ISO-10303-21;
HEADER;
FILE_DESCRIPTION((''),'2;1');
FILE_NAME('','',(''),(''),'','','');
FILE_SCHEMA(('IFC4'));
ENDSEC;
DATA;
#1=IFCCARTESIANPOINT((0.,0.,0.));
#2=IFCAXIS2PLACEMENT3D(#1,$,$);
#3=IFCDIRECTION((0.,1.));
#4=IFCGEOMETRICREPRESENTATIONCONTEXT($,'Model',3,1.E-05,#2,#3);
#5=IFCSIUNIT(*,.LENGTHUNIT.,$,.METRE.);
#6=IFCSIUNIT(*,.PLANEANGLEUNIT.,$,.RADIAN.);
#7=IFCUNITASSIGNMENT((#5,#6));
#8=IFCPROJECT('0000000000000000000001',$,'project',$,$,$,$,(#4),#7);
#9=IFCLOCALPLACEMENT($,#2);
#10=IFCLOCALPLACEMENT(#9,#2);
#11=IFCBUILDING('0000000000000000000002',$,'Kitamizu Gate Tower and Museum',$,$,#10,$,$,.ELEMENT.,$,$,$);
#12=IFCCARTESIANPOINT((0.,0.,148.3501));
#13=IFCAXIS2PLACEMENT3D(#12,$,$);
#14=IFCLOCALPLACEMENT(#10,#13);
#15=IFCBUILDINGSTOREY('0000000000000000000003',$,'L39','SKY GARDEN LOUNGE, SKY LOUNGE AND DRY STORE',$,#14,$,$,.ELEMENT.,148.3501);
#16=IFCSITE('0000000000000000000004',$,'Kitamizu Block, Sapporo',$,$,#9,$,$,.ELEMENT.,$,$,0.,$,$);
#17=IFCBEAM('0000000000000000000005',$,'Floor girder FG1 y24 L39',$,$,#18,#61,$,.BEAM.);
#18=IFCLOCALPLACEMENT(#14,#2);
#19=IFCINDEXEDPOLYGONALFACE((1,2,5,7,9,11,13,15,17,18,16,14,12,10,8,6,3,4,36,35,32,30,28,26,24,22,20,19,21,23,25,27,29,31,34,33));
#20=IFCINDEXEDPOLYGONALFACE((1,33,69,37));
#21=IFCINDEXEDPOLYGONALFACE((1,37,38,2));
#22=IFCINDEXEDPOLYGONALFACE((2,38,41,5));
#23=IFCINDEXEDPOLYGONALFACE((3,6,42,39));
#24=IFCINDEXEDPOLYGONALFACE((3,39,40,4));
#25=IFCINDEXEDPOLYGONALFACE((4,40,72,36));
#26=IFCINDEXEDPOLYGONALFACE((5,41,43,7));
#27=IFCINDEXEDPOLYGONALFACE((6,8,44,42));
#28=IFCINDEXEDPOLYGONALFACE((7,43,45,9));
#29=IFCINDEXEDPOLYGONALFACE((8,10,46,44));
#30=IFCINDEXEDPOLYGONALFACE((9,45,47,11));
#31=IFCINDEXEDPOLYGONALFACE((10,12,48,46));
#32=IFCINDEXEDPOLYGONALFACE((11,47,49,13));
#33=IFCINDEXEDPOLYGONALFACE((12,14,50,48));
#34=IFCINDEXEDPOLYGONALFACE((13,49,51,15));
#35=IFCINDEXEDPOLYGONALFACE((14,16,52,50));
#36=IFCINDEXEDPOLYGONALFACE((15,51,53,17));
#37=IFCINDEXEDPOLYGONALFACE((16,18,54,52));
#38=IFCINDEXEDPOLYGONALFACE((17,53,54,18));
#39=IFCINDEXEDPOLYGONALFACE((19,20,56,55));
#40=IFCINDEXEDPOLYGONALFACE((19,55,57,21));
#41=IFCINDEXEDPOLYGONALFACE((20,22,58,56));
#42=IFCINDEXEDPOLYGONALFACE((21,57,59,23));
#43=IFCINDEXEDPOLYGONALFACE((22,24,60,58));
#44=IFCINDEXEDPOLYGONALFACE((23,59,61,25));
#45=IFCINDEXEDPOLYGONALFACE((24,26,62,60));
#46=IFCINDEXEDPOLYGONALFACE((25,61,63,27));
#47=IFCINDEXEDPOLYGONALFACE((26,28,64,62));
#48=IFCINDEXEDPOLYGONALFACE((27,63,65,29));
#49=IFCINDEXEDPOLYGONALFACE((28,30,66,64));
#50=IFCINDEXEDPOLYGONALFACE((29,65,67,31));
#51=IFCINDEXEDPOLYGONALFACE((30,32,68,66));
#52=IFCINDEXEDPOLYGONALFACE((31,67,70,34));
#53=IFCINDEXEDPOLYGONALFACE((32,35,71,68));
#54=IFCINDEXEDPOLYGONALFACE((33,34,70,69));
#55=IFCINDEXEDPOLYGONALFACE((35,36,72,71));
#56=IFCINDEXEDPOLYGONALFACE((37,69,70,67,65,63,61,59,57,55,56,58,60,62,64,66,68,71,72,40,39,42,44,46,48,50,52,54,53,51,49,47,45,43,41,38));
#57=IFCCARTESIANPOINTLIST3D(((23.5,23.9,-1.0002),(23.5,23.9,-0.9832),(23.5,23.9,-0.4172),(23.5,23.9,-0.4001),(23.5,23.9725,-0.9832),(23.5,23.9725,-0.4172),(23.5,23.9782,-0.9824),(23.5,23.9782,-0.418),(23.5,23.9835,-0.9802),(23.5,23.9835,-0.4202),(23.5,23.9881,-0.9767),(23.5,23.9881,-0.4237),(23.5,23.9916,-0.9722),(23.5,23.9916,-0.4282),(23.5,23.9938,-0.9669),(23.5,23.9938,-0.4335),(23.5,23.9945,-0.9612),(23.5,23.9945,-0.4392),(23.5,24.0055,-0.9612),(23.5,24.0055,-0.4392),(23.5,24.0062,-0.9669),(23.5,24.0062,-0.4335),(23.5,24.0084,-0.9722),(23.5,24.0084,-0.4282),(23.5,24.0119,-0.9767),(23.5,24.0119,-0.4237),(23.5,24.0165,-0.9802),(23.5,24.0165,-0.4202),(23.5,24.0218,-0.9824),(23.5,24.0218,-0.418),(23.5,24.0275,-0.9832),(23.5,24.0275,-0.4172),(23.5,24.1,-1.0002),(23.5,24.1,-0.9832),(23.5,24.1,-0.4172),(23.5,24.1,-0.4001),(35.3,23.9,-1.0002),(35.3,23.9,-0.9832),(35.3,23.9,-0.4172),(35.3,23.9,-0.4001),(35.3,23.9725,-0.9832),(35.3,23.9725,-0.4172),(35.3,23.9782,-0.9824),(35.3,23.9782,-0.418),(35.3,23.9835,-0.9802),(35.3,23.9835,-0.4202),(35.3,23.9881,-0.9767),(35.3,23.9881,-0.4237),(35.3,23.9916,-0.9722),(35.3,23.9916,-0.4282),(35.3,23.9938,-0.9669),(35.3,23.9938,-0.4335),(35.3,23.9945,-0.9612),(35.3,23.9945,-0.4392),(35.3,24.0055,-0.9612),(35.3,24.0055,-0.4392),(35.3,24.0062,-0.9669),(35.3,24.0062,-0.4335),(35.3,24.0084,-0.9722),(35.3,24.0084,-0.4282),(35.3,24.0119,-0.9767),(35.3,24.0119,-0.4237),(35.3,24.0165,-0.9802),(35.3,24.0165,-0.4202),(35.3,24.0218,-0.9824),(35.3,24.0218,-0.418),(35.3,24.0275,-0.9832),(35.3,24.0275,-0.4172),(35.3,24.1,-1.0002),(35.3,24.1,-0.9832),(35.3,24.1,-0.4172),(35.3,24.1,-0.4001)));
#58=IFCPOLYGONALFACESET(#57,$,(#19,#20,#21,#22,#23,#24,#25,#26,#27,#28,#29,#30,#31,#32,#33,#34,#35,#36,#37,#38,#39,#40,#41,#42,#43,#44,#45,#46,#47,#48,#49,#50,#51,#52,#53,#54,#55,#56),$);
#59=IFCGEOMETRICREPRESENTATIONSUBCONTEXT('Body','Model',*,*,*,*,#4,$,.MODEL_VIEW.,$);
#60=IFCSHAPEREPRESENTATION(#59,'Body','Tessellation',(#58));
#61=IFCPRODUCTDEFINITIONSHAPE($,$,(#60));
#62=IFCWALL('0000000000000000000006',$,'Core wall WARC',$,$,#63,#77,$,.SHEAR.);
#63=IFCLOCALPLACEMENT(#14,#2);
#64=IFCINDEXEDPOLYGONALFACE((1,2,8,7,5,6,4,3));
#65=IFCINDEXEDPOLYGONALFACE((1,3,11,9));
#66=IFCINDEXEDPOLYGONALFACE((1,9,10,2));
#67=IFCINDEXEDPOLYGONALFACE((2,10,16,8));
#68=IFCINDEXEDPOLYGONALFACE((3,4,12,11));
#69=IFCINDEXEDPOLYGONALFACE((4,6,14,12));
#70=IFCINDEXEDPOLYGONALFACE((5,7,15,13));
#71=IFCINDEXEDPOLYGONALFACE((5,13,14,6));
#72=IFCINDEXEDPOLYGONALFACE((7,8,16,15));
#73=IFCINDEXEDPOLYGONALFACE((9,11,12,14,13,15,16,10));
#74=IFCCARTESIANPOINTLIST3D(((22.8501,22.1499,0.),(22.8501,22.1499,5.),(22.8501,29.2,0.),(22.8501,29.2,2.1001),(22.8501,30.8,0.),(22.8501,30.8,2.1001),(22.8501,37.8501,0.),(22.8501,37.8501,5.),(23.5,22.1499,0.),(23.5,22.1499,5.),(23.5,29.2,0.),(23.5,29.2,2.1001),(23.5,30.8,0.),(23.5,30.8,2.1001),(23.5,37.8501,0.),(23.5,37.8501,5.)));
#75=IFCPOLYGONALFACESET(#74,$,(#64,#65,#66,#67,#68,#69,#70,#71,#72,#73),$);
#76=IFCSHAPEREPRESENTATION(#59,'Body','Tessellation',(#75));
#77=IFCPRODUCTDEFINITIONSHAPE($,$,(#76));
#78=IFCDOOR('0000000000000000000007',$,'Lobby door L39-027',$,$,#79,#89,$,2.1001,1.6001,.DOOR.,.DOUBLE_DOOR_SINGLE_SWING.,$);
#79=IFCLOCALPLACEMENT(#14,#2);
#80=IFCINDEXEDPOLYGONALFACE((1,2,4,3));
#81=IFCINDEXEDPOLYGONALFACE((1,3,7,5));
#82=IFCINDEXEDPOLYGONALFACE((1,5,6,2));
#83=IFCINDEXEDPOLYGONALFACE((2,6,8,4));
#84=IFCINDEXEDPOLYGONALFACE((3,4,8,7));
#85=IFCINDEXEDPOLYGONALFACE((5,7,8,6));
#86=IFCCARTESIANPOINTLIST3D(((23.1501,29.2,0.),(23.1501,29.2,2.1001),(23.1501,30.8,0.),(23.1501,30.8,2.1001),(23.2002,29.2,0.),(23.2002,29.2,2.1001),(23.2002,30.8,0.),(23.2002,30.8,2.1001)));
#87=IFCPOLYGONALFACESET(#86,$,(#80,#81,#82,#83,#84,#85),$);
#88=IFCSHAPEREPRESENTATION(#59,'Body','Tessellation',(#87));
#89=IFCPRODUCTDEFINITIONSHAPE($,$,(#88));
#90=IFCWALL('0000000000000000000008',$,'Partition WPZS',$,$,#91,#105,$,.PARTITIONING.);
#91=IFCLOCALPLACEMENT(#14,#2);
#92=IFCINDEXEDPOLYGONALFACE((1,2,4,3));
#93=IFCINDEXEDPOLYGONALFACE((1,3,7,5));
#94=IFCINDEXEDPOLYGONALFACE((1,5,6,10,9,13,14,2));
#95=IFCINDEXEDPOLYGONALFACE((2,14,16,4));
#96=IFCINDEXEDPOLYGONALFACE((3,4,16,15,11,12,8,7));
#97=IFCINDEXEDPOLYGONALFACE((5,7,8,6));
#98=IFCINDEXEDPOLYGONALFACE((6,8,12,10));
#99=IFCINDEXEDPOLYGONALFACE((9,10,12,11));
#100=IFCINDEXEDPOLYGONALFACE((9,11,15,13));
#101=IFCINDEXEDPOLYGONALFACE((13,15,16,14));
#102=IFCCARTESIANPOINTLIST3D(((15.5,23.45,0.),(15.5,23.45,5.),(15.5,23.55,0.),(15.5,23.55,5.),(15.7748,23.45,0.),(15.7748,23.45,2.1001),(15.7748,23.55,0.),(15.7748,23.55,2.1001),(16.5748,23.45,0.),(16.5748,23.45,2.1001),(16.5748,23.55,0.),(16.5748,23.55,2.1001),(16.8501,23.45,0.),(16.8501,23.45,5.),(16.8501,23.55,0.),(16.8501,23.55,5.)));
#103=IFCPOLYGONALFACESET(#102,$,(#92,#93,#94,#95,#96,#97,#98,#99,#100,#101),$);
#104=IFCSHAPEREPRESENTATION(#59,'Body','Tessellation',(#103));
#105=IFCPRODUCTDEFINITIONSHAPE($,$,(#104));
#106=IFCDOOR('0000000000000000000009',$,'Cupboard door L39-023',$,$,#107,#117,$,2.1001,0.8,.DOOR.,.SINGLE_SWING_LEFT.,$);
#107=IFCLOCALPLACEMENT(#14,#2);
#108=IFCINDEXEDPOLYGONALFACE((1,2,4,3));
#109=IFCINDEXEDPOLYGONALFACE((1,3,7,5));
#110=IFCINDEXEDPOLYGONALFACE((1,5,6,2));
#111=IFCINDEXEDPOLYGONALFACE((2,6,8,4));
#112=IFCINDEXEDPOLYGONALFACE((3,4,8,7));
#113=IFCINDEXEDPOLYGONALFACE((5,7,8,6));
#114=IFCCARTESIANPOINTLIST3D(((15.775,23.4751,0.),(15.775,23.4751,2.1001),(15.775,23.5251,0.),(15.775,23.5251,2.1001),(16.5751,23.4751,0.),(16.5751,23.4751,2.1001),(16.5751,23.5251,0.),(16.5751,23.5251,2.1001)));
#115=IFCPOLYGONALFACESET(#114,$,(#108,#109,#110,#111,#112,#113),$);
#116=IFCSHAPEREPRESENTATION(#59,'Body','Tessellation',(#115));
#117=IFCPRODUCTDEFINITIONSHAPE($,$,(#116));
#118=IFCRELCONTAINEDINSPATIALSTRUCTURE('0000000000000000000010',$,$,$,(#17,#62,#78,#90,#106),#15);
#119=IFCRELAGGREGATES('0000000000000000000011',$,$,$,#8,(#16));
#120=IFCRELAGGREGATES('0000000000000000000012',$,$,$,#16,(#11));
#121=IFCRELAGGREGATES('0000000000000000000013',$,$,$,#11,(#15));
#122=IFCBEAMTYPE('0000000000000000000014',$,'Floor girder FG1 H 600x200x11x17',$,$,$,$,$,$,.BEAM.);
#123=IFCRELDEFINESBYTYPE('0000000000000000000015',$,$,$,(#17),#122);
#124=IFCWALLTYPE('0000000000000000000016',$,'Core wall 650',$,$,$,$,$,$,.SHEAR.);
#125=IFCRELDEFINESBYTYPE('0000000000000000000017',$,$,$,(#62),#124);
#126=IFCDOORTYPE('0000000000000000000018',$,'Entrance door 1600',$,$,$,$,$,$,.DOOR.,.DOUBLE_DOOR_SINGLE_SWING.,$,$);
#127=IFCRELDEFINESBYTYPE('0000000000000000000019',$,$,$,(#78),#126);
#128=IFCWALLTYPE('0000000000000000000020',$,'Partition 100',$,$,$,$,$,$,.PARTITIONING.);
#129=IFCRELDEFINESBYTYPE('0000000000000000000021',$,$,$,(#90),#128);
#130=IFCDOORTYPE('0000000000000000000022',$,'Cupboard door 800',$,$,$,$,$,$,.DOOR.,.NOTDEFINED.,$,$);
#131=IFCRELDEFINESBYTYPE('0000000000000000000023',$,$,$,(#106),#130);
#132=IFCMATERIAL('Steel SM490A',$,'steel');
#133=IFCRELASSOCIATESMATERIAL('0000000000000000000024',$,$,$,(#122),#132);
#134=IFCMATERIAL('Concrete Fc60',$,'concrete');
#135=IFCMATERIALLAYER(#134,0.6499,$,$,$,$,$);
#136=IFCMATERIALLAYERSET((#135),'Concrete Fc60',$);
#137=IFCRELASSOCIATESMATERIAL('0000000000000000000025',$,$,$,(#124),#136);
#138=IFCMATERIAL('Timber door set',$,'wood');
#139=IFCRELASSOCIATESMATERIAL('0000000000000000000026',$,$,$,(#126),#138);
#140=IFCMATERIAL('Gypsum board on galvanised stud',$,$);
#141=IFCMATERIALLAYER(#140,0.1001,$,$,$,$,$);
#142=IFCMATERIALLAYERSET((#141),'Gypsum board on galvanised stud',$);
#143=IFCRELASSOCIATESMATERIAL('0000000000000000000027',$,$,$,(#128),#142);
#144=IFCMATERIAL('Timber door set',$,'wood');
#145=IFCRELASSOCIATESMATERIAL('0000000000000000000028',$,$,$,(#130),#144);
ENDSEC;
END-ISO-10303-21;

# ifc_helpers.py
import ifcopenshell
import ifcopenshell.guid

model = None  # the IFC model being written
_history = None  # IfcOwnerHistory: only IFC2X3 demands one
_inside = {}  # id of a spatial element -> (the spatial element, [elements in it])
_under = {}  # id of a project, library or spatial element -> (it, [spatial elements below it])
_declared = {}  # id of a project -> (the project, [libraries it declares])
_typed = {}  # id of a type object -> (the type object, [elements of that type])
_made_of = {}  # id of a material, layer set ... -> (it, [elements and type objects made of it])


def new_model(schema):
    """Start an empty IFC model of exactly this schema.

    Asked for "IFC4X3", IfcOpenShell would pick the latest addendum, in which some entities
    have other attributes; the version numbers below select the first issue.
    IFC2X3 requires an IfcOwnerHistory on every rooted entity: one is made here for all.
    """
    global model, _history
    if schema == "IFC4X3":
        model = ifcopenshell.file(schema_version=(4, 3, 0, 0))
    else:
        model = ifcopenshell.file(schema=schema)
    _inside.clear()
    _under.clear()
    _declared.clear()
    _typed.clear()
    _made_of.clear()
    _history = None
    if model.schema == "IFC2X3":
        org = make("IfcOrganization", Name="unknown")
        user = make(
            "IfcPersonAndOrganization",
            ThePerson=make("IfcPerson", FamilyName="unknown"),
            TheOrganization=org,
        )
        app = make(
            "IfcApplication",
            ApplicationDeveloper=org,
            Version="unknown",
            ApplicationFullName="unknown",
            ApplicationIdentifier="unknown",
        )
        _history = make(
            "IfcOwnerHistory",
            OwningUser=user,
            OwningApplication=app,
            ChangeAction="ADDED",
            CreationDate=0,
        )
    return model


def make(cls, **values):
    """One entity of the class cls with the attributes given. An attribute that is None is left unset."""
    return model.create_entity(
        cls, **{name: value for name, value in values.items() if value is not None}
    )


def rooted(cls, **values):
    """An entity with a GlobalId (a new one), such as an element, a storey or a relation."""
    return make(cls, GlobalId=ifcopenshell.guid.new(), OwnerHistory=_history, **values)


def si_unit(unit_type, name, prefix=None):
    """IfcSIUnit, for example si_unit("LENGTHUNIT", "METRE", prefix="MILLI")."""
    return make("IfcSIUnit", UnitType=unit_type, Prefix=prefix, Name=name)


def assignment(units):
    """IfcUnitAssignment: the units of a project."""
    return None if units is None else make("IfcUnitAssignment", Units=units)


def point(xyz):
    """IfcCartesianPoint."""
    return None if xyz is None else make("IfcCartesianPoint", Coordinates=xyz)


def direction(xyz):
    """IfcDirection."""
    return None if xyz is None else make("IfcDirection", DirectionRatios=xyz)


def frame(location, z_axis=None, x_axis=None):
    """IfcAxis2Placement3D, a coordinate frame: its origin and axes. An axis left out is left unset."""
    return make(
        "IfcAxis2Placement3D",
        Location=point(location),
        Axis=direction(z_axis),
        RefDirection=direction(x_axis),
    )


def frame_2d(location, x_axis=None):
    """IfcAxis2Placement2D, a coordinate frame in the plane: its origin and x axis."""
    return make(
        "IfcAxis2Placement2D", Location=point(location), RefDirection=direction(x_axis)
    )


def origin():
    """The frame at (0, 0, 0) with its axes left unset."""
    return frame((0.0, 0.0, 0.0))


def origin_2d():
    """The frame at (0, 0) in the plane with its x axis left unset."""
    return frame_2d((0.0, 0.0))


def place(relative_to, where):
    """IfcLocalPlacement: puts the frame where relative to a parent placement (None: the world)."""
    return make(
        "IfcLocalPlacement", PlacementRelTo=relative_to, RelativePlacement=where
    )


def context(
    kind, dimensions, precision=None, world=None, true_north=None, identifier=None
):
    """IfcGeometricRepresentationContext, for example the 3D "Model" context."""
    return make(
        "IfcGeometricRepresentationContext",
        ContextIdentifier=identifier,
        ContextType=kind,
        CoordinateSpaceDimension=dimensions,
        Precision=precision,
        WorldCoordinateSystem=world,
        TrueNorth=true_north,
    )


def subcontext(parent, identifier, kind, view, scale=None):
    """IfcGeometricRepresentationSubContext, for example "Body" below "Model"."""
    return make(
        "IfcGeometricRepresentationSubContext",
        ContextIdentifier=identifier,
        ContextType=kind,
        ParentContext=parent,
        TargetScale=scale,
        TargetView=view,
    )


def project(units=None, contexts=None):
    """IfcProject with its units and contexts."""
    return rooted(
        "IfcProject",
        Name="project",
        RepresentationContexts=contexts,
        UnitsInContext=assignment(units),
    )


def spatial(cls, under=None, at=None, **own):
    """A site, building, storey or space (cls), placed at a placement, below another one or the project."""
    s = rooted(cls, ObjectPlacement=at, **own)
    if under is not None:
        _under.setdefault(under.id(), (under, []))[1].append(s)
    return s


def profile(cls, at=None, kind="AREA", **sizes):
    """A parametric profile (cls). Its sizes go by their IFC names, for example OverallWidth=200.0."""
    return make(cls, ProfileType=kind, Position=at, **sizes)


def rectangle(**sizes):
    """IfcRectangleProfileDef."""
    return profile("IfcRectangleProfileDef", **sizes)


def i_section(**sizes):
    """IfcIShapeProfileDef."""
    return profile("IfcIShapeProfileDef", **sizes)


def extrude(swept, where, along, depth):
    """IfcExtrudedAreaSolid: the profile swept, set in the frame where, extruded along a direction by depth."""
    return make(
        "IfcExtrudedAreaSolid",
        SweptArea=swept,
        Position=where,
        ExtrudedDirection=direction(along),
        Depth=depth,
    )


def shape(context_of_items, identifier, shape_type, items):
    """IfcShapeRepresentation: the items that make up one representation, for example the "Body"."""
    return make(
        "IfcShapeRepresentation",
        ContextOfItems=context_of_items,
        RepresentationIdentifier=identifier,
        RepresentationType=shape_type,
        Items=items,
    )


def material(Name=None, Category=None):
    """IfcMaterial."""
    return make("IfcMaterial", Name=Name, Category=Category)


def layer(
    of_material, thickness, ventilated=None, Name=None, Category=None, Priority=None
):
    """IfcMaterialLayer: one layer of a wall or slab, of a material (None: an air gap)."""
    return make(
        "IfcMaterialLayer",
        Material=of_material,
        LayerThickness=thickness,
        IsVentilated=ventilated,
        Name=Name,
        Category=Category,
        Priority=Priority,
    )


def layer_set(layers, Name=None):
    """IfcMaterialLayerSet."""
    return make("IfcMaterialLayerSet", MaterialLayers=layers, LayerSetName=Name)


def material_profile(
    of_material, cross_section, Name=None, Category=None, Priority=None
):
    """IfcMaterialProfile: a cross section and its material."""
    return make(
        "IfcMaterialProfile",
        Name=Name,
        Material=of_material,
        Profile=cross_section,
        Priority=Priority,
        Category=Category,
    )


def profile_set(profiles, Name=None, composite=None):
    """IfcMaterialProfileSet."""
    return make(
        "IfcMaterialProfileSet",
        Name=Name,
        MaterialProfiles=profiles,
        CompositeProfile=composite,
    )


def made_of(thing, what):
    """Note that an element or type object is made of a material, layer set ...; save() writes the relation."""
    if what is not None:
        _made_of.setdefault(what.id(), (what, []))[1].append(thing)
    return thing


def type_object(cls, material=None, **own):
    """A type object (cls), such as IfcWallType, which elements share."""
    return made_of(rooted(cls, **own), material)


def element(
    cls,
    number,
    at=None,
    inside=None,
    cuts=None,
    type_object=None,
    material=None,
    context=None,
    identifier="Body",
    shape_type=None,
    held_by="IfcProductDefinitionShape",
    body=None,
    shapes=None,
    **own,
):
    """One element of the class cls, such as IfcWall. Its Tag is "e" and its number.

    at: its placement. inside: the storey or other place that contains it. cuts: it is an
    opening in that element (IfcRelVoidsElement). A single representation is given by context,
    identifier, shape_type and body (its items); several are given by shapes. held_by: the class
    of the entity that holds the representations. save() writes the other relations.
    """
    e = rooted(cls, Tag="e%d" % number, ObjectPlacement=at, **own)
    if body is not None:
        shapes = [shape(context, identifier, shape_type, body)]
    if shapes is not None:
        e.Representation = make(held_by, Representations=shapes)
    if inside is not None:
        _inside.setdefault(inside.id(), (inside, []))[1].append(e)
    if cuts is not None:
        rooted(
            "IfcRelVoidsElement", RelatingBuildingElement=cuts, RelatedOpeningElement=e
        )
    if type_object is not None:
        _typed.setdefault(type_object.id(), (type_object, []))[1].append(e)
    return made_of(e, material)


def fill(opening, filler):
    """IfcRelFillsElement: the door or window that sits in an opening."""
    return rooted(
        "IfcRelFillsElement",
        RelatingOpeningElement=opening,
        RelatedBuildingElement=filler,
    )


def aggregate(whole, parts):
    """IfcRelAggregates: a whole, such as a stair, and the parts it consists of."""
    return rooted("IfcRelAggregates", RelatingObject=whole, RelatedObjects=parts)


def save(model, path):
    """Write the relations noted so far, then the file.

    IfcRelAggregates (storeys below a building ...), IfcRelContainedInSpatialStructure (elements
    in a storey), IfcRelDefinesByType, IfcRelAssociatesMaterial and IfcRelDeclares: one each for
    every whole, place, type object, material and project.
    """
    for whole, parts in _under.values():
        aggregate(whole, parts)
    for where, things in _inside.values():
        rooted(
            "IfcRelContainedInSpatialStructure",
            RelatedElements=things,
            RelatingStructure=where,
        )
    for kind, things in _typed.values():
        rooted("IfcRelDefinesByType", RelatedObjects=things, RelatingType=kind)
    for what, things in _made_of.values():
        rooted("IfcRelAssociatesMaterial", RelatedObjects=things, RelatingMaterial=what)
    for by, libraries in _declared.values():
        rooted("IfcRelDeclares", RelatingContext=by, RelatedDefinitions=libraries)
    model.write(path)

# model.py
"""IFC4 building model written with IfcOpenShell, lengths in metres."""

from ifc_helpers import new_model, si_unit, direction, frame, frame_2d, origin, origin_2d, place, context, subcontext, project, spatial, rectangle, i_section, extrude, material, layer, layer_set, material_profile, profile_set, type_object, element, fill, save


model = new_model("IFC4")

# Units and contexts
model_context = context("Model", 3, precision=1e-05, world=origin(), true_north=direction((0.0, 1.0)))
body_context = subcontext(model_context, "Body", "Model", "MODEL_VIEW")
ifc_project = project(units=[si_unit("LENGTHUNIT", "METRE"), si_unit("PLANEANGLEUNIT", "RADIAN")], contexts=[model_context])

# Site, building, storey
site_placement = place(None, origin())
site = spatial("IfcSite", under=ifc_project, at=site_placement, Name="Kitamizu Block, Sapporo", CompositionType="ELEMENT", RefElevation=0.0)
building_placement = place(site_placement, origin())
building = spatial("IfcBuilding", under=site, at=building_placement, Name="Kitamizu Gate Tower and Museum", CompositionType="ELEMENT")
storey_placement = place(building_placement, frame((0.0, 0.0, 148.3501)))
storey = spatial("IfcBuildingStorey", under=building, at=storey_placement, Name="L39", Description="SKY GARDEN LOUNGE, SKY LOUNGE AND DRY STORE", CompositionType="ELEMENT", Elevation=148.3501)

# Beam
ifc_material_1 = material(Name="Steel SM490A", Category="steel")
ifc_material_profile = material_profile(ifc_material_1, i_section(OverallWidth=0.2, OverallDepth=0.6001, WebThickness=0.011, FlangeThickness=0.0171, FilletRadius=0.022, at=origin_2d()), Name="H-600x200x11x17")
ifc_profile_set = profile_set([ifc_material_profile], Name="Steel SM490A")
beam_type = type_object("IfcBeamType", Name="Floor girder FG1 H 600x200x11x17", PredefinedType="BEAM", material=ifc_profile_set)
beam_placement = place(storey_placement, frame((23.5, 24.0, -0.7002), z_axis=(1.0, 0.0, 0.0), x_axis=(0.0, 1.0, 0.0)))
element("IfcBeam", 1, at=beam_placement, inside=storey, type_object=beam_type, Name="Floor girder FG1 y24 L39", PredefinedType="BEAM", context=body_context, shape_type="SweptSolid", body=[
    extrude(i_section(OverallWidth=0.2, OverallDepth=0.6001, WebThickness=0.011, FlangeThickness=0.0171, FilletRadius=0.022, at=origin_2d()), origin(), (0.0, 0.0, 1.0), 11.8),
])

# Walls, openings, doors
ifc_material_2 = material(Name="Concrete Fc60", Category="concrete")
ifc_layer_1 = layer(ifc_material_2, 0.6499)
ifc_layer_set_1 = layer_set([ifc_layer_1], Name="Concrete Fc60")
wall_type_1 = type_object("IfcWallType", Name="Core wall 650", PredefinedType="SHEAR", material=ifc_layer_set_1)
wall_1_placement = place(storey_placement, frame((23.175, 22.1499, 0.0), z_axis=(0.0, 0.0, 1.0), x_axis=(0.0, 1.0, 0.0)))
wall_1 = element("IfcWall", 2, at=wall_1_placement, inside=storey, type_object=wall_type_1, Name="Core wall WARC", PredefinedType="SHEAR", context=body_context, shape_type="SweptSolid", body=[
    extrude(rectangle(XDim=15.7002, YDim=0.6499, at=frame_2d((7.8501, 0.0))), origin(), (0.0, 0.0, 1.0), 5.0),
])
opening_1_placement = place(wall_1_placement, frame((7.05, 0.0, 0.0)))
opening_1 = element("IfcOpeningElement", 3, at=opening_1_placement, cuts=wall_1, PredefinedType="OPENING", context=body_context, shape_type="SweptSolid", body=[
    extrude(rectangle(XDim=1.6001, YDim=2.1001, at=frame_2d((0.8, 1.05))), frame((0.0, 0.335, 0.0), z_axis=(0.0, -1.0, 0.0), x_axis=(1.0, 0.0, 0.0)), (0.0, 0.0, 1.0), 0.6699),
])
ifc_material_3 = material(Name="Timber door set", Category="wood")
door_type_1 = type_object("IfcDoorType", Name="Entrance door 1600", OperationType="DOUBLE_DOOR_SINGLE_SWING", PredefinedType="DOOR", material=ifc_material_3)
door_1_placement = place(opening_1_placement, origin())
door_1 = element("IfcDoor", 4, at=door_1_placement, inside=storey, type_object=door_type_1, Name="Lobby door L39-027", OperationType="DOUBLE_DOOR_SINGLE_SWING", OverallHeight=2.1001, OverallWidth=1.6001, PredefinedType="DOOR", context=body_context, shape_type="SweptSolid", body=[
    extrude(rectangle(XDim=1.6001, YDim=2.1001, at=frame_2d((0.8, 1.05))), frame((0.0, 0.0249, 0.0), z_axis=(0.0, -1.0, 0.0), x_axis=(1.0, 0.0, 0.0)), (0.0, 0.0, 1.0), 0.05),
])
fill(opening_1, door_1)
ifc_material_4 = material(Name="Gypsum board on galvanised stud")
ifc_layer_2 = layer(ifc_material_4, 0.1001)
ifc_layer_set_2 = layer_set([ifc_layer_2], Name="Gypsum board on galvanised stud")
wall_type_2 = type_object("IfcWallType", Name="Partition 100", PredefinedType="PARTITIONING", material=ifc_layer_set_2)
wall_2_placement = place(storey_placement, frame((15.5, 23.5, 0.0), z_axis=(0.0, 0.0, 1.0), x_axis=(1.0, 0.0, 0.0)))
wall_2 = element("IfcWall", 5, at=wall_2_placement, inside=storey, type_object=wall_type_2, Name="Partition WPZS", PredefinedType="PARTITIONING", context=body_context, shape_type="SweptSolid", body=[
    extrude(rectangle(XDim=1.3501, YDim=0.1001, at=frame_2d((0.675, 0.0))), origin(), (0.0, 0.0, 1.0), 5.0),
])
opening_2_placement = place(wall_2_placement, frame((0.2749, 0.0, 0.0)))
opening_2 = element("IfcOpeningElement", 6, at=opening_2_placement, cuts=wall_2, PredefinedType="OPENING", context=body_context, shape_type="SweptSolid", body=[
    extrude(rectangle(XDim=0.8, YDim=2.1001, at=frame_2d((0.3999, 1.05))), frame((0.0, 0.0601, 0.0), z_axis=(0.0, -1.0, 0.0), x_axis=(1.0, 0.0, 0.0)), (0.0, 0.0, 1.0), 0.1201),
])
ifc_material_5 = material(Name="Timber door set", Category="wood")
door_type_2 = type_object("IfcDoorType", Name="Cupboard door 800", OperationType="NOTDEFINED", PredefinedType="DOOR", material=ifc_material_5)
door_2_placement = place(opening_2_placement, frame((0.8, 0.0, 0.0), x_axis=(-1.0, 0.0, 0.0)))
door_2 = element("IfcDoor", 7, at=door_2_placement, inside=storey, type_object=door_type_2, Name="Cupboard door L39-023", OperationType="SINGLE_SWING_LEFT", OverallHeight=2.1001, OverallWidth=0.8, PredefinedType="DOOR", context=body_context, shape_type="SweptSolid", body=[
    extrude(rectangle(XDim=0.8, YDim=2.1001, at=frame_2d((0.3999, 1.05))), frame((0.0, 0.0249, 0.0), z_axis=(0.0, -1.0, 0.0), x_axis=(1.0, 0.0, 0.0)), (0.0, 0.0, 1.0), 0.05),
])
fill(opening_2, door_2)

save(model, "model.ifc")
